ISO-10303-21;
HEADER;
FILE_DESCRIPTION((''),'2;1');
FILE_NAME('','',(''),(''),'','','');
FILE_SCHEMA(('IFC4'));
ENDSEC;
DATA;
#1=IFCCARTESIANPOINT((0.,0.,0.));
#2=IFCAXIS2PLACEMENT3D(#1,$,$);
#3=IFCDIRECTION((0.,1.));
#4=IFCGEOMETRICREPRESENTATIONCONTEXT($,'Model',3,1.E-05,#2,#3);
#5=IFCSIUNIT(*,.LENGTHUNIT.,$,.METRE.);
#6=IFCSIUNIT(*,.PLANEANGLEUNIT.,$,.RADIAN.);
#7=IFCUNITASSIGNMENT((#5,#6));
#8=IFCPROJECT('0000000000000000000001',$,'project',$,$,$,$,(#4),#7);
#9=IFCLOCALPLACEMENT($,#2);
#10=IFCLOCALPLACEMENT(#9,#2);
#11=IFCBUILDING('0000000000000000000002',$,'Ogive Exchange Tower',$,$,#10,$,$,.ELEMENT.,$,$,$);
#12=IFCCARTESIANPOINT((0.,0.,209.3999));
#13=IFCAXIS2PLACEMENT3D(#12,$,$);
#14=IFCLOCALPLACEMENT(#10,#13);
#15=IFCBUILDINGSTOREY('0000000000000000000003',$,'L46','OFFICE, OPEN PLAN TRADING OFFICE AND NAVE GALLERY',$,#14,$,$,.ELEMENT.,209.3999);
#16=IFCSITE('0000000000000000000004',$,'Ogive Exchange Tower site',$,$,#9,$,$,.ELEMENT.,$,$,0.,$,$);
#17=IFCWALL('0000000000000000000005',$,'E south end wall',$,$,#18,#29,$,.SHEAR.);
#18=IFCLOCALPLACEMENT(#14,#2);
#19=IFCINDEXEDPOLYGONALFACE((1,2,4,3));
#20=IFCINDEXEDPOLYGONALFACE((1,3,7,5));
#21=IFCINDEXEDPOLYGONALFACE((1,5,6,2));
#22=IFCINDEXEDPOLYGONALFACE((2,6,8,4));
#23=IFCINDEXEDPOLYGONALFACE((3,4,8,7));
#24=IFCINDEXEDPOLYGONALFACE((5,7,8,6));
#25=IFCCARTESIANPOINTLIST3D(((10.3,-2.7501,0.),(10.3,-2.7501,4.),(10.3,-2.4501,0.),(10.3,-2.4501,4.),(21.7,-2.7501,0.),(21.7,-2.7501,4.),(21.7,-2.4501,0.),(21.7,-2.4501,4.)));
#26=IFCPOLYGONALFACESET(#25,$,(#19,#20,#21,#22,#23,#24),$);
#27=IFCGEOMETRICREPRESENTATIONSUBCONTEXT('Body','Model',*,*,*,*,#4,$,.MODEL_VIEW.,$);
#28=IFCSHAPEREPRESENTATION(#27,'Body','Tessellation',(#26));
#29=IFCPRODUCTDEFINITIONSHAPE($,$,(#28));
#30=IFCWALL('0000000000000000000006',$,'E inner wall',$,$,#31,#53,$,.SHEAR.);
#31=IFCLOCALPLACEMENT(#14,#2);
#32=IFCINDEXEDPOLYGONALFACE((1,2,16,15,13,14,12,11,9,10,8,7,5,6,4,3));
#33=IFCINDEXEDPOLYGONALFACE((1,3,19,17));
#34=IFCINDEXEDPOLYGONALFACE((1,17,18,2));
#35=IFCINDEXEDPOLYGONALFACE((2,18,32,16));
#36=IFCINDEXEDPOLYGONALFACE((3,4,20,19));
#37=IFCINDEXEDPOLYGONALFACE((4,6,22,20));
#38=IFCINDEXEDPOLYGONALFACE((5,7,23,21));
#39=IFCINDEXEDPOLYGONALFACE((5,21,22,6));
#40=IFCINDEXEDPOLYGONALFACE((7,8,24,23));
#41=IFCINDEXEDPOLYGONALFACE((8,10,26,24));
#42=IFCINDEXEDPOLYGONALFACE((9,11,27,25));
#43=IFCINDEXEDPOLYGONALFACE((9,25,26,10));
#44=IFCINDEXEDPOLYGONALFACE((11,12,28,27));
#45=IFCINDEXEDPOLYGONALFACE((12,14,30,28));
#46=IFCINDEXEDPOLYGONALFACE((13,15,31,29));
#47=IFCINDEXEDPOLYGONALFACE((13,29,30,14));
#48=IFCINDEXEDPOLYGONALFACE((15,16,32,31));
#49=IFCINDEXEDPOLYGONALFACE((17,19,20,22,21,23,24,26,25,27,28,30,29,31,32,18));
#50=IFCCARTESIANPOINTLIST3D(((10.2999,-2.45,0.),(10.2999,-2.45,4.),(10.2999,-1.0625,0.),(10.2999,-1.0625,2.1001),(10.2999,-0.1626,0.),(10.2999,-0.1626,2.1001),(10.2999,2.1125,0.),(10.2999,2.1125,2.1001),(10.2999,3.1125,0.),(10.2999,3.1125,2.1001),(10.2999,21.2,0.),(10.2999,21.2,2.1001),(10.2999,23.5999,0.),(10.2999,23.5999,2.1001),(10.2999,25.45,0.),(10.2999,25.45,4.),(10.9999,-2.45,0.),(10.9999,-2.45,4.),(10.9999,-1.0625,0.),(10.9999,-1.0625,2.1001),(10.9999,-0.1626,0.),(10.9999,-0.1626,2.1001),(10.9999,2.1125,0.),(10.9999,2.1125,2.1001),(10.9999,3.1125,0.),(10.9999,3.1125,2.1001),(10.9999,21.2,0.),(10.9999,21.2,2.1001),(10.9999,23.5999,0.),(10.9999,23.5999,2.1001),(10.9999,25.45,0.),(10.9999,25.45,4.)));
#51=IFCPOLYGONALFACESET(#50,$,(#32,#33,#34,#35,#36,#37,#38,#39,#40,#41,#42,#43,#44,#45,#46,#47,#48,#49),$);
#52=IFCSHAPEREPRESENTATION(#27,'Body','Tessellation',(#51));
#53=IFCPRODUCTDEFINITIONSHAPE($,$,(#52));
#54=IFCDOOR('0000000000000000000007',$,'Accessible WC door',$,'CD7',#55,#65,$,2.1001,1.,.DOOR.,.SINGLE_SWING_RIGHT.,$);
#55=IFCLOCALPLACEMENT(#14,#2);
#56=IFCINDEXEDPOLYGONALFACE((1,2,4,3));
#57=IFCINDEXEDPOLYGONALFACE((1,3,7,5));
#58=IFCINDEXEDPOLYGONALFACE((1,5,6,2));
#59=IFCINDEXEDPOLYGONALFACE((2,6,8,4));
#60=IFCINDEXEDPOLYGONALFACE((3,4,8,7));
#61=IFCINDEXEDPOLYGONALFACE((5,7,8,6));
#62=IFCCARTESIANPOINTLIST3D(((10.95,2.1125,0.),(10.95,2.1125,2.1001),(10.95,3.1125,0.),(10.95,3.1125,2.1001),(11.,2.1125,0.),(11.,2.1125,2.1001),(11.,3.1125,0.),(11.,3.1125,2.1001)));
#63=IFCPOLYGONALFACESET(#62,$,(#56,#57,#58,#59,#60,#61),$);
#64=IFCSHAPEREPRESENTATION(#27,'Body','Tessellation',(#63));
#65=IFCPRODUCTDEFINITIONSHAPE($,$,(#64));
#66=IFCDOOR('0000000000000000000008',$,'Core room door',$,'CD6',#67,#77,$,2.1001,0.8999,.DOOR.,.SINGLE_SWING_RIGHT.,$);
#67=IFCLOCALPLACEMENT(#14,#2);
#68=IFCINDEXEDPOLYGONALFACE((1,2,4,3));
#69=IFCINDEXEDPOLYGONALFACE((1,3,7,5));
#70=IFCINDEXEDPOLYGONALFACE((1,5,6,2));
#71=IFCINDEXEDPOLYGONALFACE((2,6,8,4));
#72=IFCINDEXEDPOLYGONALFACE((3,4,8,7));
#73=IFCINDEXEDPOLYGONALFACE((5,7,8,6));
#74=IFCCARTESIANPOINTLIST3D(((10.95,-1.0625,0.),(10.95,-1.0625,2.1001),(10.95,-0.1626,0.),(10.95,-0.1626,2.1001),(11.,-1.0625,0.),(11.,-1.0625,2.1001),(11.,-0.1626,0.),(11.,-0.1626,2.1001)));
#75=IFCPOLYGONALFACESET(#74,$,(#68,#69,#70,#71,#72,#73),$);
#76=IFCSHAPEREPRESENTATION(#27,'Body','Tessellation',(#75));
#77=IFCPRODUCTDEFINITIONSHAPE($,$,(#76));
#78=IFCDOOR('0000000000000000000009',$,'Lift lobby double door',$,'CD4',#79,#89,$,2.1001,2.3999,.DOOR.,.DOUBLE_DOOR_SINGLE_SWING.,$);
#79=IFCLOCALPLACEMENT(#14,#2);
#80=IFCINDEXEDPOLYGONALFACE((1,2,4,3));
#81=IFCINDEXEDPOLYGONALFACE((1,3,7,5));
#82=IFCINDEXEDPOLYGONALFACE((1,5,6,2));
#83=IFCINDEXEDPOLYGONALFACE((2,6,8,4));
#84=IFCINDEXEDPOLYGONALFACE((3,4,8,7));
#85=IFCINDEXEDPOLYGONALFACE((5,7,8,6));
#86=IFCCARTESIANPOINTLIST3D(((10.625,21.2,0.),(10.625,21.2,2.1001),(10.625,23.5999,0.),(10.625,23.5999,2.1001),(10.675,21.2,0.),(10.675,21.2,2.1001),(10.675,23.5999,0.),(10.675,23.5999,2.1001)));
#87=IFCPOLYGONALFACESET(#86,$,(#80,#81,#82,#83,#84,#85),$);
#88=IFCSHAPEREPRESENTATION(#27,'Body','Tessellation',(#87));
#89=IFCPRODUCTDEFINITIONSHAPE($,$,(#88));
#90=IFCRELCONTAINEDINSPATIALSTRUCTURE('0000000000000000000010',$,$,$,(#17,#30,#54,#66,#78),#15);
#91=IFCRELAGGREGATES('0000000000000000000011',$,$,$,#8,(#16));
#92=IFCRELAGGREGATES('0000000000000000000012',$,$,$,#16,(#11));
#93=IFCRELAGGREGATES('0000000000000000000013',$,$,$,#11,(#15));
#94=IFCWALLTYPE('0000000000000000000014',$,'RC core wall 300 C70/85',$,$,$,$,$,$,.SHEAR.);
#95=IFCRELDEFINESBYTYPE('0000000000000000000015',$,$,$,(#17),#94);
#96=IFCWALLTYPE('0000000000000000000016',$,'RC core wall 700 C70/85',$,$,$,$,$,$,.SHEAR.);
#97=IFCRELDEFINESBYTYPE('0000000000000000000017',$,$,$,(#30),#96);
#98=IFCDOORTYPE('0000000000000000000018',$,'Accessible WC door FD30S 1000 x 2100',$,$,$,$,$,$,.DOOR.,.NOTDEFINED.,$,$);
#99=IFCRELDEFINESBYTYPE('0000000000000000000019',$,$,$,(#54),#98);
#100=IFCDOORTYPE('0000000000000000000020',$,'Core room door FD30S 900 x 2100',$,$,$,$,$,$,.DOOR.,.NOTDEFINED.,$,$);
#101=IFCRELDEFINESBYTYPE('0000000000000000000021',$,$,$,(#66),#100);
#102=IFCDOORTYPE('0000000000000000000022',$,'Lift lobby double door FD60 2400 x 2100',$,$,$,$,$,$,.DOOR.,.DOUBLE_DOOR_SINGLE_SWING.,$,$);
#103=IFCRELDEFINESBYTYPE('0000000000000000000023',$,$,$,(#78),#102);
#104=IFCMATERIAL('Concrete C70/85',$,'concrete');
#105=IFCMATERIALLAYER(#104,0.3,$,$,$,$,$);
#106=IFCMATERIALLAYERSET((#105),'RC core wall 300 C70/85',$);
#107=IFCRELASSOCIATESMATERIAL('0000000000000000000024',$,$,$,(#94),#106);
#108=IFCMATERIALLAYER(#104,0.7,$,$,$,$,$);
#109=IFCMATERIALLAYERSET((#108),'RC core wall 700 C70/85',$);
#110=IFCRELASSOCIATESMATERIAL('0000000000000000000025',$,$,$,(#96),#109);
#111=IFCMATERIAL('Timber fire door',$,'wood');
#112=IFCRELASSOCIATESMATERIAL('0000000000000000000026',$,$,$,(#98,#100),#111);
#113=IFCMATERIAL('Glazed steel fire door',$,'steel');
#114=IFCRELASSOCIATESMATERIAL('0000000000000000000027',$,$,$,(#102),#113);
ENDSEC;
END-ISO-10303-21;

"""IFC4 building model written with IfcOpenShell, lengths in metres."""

from ifc_helpers import new_model, si_unit, direction, frame, frame_2d, origin, place, context, subcontext, project, spatial, rectangle, extrude, material, layer, layer_set, type_object, element, fill, save


model = new_model("IFC4")

# Units and contexts
model_context = context("Model", 3, precision=1e-05, world=origin(), true_north=direction((0.0, 1.0)))
body_context = subcontext(model_context, "Body", "Model", "MODEL_VIEW")
ifc_project = project(units=[si_unit("LENGTHUNIT", "METRE"), si_unit("PLANEANGLEUNIT", "RADIAN")], contexts=[model_context])

# Site, building, storey
site_placement = place(None, origin())
site = spatial("IfcSite", under=ifc_project, at=site_placement, Name="Ogive Exchange Tower site", CompositionType="ELEMENT", RefElevation=0.0)
building_placement = place(site_placement, origin())
building = spatial("IfcBuilding", under=site, at=building_placement, Name="Ogive Exchange Tower", CompositionType="ELEMENT")
storey_placement = place(building_placement, frame((0.0, 0.0, 209.3999)))
storey = spatial("IfcBuildingStorey", under=building, at=storey_placement, Name="L46", Description="OFFICE, OPEN PLAN TRADING OFFICE AND NAVE GALLERY", CompositionType="ELEMENT", Elevation=209.3999)

# Shared definitions
ifc_material_1 = material(Name="Concrete C70/85", Category="concrete")

# Wall
ifc_layer_1 = layer(ifc_material_1, 0.3)
ifc_layer_set_1 = layer_set([ifc_layer_1], Name="RC core wall 300 C70/85")
wall_type_1 = type_object("IfcWallType", Name="RC core wall 300 C70/85", PredefinedType="SHEAR", material=ifc_layer_set_1)
wall_1_placement = place(storey_placement, frame((10.3, -2.6001, 0.0), z_axis=(0.0, 0.0, 1.0), x_axis=(1.0, 0.0, 0.0)))
element("IfcWall", 1, at=wall_1_placement, inside=storey, type_object=wall_type_1, Name="E south end wall", PredefinedType="SHEAR", context=body_context, shape_type="SweptSolid", body=[
    extrude(rectangle(XDim=11.3999, YDim=0.3, at=frame_2d((5.7, 0.0))), origin(), (0.0, 0.0, 1.0), 4.0),
])

# Wall, openings, doors
ifc_layer_2 = layer(ifc_material_1, 0.7)
ifc_layer_set_2 = layer_set([ifc_layer_2], Name="RC core wall 700 C70/85")
wall_type_2 = type_object("IfcWallType", Name="RC core wall 700 C70/85", PredefinedType="SHEAR", material=ifc_layer_set_2)
wall_2_placement = place(storey_placement, frame((10.6499, -2.45, 0.0), z_axis=(0.0, 0.0, 1.0), x_axis=(0.0, 1.0, 0.0)))
wall_2 = element("IfcWall", 2, at=wall_2_placement, inside=storey, type_object=wall_type_2, Name="E inner wall", PredefinedType="SHEAR", context=body_context, shape_type="SweptSolid", body=[
    extrude(rectangle(XDim=27.8999, YDim=0.7, at=frame_2d((13.95, 0.0))), origin(), (0.0, 0.0, 1.0), 4.0),
])
opening_1_placement = place(wall_2_placement, frame((23.6499, 0.0, 0.0)))
opening_1 = element("IfcOpeningElement", 3, at=opening_1_placement, cuts=wall_2, PredefinedType="OPENING", context=body_context, shape_type="SweptSolid", body=[
    extrude(rectangle(XDim=2.3999, YDim=2.1001, at=frame_2d((1.2, 1.05))), frame((0.0, 0.3599, 0.0), z_axis=(0.0, -1.0, 0.0), x_axis=(1.0, 0.0, 0.0)), (0.0, 0.0, 1.0), 0.72),
])
opening_2_placement = place(wall_2_placement, frame((1.3875, 0.0, 0.0)))
opening_2 = element("IfcOpeningElement", 4, at=opening_2_placement, cuts=wall_2, PredefinedType="OPENING", context=body_context, shape_type="SweptSolid", body=[
    extrude(rectangle(XDim=0.8999, YDim=2.1001, at=frame_2d((0.45, 1.05))), frame((0.0, 0.3599, 0.0), z_axis=(0.0, -1.0, 0.0), x_axis=(1.0, 0.0, 0.0)), (0.0, 0.0, 1.0), 0.72),
])
opening_3_placement = place(wall_2_placement, frame((4.5625, 0.0, 0.0)))
opening_3 = element("IfcOpeningElement", 5, at=opening_3_placement, cuts=wall_2, PredefinedType="OPENING", context=body_context, shape_type="SweptSolid", body=[
    extrude(rectangle(XDim=1.0, YDim=2.1001, at=frame_2d((0.5, 1.05))), frame((0.0, 0.3599, 0.0), z_axis=(0.0, -1.0, 0.0), x_axis=(1.0, 0.0, 0.0)), (0.0, 0.0, 1.0), 0.72),
])
ifc_material_2 = material(Name="Timber fire door", Category="wood")
door_type_1 = type_object("IfcDoorType", Name="Accessible WC door FD30S 1000 x 2100", OperationType="NOTDEFINED", PredefinedType="DOOR", material=ifc_material_2)
door_1_placement = place(opening_3_placement, frame((1.0, -0.6499, 0.0), z_axis=(0.0, 0.0, 1.0), x_axis=(-1.0, 0.0, 0.0)))
door_1 = element("IfcDoor", 6, at=door_1_placement, inside=storey, type_object=door_type_1, Name="Accessible WC door", ObjectType="CD7", OperationType="SINGLE_SWING_RIGHT", OverallHeight=2.1001, OverallWidth=1.0, PredefinedType="DOOR", context=body_context, shape_type="SweptSolid", body=[
    extrude(rectangle(XDim=1.0, YDim=2.1001, at=frame_2d((0.5, 1.05))), frame((0.0, -0.2998, 0.0), z_axis=(0.0, -1.0, 0.0), x_axis=(1.0, 0.0, 0.0)), (0.0, 0.0, 1.0), 0.05),
])
fill(opening_3, door_1)
door_type_2 = type_object("IfcDoorType", Name="Core room door FD30S 900 x 2100", OperationType="NOTDEFINED", PredefinedType="DOOR", material=ifc_material_2)
door_2_placement = place(opening_2_placement, frame((0.8999, -0.6499, 0.0), z_axis=(0.0, 0.0, 1.0), x_axis=(-1.0, 0.0, 0.0)))
door_2 = element("IfcDoor", 7, at=door_2_placement, inside=storey, type_object=door_type_2, Name="Core room door", ObjectType="CD6", OperationType="SINGLE_SWING_RIGHT", OverallHeight=2.1001, OverallWidth=0.8999, PredefinedType="DOOR", context=body_context, shape_type="SweptSolid", body=[
    extrude(rectangle(XDim=0.8999, YDim=2.1001, at=frame_2d((0.45, 1.05))), frame((0.0, -0.2998, 0.0), z_axis=(0.0, -1.0, 0.0), x_axis=(1.0, 0.0, 0.0)), (0.0, 0.0, 1.0), 0.05),
])
fill(opening_2, door_2)
ifc_material_3 = material(Name="Glazed steel fire door", Category="steel")
door_type_3 = type_object("IfcDoorType", Name="Lift lobby double door FD60 2400 x 2100", OperationType="DOUBLE_DOOR_SINGLE_SWING", PredefinedType="DOOR", material=ifc_material_3)
door_3_placement = place(opening_1_placement, origin())
door_3 = element("IfcDoor", 8, at=door_3_placement, inside=storey, type_object=door_type_3, Name="Lift lobby double door", ObjectType="CD4", OperationType="DOUBLE_DOOR_SINGLE_SWING", OverallHeight=2.1001, OverallWidth=2.3999, PredefinedType="DOOR", context=body_context, shape_type="SweptSolid", body=[
    extrude(rectangle(XDim=2.3999, YDim=2.1001, at=frame_2d((1.2, 1.05))), frame((0.0, 0.0249, 0.0), z_axis=(0.0, -1.0, 0.0), x_axis=(1.0, 0.0, 0.0)), (0.0, 0.0, 1.0), 0.05),
])
fill(opening_1, door_3)

save(model, "model.ifc")
